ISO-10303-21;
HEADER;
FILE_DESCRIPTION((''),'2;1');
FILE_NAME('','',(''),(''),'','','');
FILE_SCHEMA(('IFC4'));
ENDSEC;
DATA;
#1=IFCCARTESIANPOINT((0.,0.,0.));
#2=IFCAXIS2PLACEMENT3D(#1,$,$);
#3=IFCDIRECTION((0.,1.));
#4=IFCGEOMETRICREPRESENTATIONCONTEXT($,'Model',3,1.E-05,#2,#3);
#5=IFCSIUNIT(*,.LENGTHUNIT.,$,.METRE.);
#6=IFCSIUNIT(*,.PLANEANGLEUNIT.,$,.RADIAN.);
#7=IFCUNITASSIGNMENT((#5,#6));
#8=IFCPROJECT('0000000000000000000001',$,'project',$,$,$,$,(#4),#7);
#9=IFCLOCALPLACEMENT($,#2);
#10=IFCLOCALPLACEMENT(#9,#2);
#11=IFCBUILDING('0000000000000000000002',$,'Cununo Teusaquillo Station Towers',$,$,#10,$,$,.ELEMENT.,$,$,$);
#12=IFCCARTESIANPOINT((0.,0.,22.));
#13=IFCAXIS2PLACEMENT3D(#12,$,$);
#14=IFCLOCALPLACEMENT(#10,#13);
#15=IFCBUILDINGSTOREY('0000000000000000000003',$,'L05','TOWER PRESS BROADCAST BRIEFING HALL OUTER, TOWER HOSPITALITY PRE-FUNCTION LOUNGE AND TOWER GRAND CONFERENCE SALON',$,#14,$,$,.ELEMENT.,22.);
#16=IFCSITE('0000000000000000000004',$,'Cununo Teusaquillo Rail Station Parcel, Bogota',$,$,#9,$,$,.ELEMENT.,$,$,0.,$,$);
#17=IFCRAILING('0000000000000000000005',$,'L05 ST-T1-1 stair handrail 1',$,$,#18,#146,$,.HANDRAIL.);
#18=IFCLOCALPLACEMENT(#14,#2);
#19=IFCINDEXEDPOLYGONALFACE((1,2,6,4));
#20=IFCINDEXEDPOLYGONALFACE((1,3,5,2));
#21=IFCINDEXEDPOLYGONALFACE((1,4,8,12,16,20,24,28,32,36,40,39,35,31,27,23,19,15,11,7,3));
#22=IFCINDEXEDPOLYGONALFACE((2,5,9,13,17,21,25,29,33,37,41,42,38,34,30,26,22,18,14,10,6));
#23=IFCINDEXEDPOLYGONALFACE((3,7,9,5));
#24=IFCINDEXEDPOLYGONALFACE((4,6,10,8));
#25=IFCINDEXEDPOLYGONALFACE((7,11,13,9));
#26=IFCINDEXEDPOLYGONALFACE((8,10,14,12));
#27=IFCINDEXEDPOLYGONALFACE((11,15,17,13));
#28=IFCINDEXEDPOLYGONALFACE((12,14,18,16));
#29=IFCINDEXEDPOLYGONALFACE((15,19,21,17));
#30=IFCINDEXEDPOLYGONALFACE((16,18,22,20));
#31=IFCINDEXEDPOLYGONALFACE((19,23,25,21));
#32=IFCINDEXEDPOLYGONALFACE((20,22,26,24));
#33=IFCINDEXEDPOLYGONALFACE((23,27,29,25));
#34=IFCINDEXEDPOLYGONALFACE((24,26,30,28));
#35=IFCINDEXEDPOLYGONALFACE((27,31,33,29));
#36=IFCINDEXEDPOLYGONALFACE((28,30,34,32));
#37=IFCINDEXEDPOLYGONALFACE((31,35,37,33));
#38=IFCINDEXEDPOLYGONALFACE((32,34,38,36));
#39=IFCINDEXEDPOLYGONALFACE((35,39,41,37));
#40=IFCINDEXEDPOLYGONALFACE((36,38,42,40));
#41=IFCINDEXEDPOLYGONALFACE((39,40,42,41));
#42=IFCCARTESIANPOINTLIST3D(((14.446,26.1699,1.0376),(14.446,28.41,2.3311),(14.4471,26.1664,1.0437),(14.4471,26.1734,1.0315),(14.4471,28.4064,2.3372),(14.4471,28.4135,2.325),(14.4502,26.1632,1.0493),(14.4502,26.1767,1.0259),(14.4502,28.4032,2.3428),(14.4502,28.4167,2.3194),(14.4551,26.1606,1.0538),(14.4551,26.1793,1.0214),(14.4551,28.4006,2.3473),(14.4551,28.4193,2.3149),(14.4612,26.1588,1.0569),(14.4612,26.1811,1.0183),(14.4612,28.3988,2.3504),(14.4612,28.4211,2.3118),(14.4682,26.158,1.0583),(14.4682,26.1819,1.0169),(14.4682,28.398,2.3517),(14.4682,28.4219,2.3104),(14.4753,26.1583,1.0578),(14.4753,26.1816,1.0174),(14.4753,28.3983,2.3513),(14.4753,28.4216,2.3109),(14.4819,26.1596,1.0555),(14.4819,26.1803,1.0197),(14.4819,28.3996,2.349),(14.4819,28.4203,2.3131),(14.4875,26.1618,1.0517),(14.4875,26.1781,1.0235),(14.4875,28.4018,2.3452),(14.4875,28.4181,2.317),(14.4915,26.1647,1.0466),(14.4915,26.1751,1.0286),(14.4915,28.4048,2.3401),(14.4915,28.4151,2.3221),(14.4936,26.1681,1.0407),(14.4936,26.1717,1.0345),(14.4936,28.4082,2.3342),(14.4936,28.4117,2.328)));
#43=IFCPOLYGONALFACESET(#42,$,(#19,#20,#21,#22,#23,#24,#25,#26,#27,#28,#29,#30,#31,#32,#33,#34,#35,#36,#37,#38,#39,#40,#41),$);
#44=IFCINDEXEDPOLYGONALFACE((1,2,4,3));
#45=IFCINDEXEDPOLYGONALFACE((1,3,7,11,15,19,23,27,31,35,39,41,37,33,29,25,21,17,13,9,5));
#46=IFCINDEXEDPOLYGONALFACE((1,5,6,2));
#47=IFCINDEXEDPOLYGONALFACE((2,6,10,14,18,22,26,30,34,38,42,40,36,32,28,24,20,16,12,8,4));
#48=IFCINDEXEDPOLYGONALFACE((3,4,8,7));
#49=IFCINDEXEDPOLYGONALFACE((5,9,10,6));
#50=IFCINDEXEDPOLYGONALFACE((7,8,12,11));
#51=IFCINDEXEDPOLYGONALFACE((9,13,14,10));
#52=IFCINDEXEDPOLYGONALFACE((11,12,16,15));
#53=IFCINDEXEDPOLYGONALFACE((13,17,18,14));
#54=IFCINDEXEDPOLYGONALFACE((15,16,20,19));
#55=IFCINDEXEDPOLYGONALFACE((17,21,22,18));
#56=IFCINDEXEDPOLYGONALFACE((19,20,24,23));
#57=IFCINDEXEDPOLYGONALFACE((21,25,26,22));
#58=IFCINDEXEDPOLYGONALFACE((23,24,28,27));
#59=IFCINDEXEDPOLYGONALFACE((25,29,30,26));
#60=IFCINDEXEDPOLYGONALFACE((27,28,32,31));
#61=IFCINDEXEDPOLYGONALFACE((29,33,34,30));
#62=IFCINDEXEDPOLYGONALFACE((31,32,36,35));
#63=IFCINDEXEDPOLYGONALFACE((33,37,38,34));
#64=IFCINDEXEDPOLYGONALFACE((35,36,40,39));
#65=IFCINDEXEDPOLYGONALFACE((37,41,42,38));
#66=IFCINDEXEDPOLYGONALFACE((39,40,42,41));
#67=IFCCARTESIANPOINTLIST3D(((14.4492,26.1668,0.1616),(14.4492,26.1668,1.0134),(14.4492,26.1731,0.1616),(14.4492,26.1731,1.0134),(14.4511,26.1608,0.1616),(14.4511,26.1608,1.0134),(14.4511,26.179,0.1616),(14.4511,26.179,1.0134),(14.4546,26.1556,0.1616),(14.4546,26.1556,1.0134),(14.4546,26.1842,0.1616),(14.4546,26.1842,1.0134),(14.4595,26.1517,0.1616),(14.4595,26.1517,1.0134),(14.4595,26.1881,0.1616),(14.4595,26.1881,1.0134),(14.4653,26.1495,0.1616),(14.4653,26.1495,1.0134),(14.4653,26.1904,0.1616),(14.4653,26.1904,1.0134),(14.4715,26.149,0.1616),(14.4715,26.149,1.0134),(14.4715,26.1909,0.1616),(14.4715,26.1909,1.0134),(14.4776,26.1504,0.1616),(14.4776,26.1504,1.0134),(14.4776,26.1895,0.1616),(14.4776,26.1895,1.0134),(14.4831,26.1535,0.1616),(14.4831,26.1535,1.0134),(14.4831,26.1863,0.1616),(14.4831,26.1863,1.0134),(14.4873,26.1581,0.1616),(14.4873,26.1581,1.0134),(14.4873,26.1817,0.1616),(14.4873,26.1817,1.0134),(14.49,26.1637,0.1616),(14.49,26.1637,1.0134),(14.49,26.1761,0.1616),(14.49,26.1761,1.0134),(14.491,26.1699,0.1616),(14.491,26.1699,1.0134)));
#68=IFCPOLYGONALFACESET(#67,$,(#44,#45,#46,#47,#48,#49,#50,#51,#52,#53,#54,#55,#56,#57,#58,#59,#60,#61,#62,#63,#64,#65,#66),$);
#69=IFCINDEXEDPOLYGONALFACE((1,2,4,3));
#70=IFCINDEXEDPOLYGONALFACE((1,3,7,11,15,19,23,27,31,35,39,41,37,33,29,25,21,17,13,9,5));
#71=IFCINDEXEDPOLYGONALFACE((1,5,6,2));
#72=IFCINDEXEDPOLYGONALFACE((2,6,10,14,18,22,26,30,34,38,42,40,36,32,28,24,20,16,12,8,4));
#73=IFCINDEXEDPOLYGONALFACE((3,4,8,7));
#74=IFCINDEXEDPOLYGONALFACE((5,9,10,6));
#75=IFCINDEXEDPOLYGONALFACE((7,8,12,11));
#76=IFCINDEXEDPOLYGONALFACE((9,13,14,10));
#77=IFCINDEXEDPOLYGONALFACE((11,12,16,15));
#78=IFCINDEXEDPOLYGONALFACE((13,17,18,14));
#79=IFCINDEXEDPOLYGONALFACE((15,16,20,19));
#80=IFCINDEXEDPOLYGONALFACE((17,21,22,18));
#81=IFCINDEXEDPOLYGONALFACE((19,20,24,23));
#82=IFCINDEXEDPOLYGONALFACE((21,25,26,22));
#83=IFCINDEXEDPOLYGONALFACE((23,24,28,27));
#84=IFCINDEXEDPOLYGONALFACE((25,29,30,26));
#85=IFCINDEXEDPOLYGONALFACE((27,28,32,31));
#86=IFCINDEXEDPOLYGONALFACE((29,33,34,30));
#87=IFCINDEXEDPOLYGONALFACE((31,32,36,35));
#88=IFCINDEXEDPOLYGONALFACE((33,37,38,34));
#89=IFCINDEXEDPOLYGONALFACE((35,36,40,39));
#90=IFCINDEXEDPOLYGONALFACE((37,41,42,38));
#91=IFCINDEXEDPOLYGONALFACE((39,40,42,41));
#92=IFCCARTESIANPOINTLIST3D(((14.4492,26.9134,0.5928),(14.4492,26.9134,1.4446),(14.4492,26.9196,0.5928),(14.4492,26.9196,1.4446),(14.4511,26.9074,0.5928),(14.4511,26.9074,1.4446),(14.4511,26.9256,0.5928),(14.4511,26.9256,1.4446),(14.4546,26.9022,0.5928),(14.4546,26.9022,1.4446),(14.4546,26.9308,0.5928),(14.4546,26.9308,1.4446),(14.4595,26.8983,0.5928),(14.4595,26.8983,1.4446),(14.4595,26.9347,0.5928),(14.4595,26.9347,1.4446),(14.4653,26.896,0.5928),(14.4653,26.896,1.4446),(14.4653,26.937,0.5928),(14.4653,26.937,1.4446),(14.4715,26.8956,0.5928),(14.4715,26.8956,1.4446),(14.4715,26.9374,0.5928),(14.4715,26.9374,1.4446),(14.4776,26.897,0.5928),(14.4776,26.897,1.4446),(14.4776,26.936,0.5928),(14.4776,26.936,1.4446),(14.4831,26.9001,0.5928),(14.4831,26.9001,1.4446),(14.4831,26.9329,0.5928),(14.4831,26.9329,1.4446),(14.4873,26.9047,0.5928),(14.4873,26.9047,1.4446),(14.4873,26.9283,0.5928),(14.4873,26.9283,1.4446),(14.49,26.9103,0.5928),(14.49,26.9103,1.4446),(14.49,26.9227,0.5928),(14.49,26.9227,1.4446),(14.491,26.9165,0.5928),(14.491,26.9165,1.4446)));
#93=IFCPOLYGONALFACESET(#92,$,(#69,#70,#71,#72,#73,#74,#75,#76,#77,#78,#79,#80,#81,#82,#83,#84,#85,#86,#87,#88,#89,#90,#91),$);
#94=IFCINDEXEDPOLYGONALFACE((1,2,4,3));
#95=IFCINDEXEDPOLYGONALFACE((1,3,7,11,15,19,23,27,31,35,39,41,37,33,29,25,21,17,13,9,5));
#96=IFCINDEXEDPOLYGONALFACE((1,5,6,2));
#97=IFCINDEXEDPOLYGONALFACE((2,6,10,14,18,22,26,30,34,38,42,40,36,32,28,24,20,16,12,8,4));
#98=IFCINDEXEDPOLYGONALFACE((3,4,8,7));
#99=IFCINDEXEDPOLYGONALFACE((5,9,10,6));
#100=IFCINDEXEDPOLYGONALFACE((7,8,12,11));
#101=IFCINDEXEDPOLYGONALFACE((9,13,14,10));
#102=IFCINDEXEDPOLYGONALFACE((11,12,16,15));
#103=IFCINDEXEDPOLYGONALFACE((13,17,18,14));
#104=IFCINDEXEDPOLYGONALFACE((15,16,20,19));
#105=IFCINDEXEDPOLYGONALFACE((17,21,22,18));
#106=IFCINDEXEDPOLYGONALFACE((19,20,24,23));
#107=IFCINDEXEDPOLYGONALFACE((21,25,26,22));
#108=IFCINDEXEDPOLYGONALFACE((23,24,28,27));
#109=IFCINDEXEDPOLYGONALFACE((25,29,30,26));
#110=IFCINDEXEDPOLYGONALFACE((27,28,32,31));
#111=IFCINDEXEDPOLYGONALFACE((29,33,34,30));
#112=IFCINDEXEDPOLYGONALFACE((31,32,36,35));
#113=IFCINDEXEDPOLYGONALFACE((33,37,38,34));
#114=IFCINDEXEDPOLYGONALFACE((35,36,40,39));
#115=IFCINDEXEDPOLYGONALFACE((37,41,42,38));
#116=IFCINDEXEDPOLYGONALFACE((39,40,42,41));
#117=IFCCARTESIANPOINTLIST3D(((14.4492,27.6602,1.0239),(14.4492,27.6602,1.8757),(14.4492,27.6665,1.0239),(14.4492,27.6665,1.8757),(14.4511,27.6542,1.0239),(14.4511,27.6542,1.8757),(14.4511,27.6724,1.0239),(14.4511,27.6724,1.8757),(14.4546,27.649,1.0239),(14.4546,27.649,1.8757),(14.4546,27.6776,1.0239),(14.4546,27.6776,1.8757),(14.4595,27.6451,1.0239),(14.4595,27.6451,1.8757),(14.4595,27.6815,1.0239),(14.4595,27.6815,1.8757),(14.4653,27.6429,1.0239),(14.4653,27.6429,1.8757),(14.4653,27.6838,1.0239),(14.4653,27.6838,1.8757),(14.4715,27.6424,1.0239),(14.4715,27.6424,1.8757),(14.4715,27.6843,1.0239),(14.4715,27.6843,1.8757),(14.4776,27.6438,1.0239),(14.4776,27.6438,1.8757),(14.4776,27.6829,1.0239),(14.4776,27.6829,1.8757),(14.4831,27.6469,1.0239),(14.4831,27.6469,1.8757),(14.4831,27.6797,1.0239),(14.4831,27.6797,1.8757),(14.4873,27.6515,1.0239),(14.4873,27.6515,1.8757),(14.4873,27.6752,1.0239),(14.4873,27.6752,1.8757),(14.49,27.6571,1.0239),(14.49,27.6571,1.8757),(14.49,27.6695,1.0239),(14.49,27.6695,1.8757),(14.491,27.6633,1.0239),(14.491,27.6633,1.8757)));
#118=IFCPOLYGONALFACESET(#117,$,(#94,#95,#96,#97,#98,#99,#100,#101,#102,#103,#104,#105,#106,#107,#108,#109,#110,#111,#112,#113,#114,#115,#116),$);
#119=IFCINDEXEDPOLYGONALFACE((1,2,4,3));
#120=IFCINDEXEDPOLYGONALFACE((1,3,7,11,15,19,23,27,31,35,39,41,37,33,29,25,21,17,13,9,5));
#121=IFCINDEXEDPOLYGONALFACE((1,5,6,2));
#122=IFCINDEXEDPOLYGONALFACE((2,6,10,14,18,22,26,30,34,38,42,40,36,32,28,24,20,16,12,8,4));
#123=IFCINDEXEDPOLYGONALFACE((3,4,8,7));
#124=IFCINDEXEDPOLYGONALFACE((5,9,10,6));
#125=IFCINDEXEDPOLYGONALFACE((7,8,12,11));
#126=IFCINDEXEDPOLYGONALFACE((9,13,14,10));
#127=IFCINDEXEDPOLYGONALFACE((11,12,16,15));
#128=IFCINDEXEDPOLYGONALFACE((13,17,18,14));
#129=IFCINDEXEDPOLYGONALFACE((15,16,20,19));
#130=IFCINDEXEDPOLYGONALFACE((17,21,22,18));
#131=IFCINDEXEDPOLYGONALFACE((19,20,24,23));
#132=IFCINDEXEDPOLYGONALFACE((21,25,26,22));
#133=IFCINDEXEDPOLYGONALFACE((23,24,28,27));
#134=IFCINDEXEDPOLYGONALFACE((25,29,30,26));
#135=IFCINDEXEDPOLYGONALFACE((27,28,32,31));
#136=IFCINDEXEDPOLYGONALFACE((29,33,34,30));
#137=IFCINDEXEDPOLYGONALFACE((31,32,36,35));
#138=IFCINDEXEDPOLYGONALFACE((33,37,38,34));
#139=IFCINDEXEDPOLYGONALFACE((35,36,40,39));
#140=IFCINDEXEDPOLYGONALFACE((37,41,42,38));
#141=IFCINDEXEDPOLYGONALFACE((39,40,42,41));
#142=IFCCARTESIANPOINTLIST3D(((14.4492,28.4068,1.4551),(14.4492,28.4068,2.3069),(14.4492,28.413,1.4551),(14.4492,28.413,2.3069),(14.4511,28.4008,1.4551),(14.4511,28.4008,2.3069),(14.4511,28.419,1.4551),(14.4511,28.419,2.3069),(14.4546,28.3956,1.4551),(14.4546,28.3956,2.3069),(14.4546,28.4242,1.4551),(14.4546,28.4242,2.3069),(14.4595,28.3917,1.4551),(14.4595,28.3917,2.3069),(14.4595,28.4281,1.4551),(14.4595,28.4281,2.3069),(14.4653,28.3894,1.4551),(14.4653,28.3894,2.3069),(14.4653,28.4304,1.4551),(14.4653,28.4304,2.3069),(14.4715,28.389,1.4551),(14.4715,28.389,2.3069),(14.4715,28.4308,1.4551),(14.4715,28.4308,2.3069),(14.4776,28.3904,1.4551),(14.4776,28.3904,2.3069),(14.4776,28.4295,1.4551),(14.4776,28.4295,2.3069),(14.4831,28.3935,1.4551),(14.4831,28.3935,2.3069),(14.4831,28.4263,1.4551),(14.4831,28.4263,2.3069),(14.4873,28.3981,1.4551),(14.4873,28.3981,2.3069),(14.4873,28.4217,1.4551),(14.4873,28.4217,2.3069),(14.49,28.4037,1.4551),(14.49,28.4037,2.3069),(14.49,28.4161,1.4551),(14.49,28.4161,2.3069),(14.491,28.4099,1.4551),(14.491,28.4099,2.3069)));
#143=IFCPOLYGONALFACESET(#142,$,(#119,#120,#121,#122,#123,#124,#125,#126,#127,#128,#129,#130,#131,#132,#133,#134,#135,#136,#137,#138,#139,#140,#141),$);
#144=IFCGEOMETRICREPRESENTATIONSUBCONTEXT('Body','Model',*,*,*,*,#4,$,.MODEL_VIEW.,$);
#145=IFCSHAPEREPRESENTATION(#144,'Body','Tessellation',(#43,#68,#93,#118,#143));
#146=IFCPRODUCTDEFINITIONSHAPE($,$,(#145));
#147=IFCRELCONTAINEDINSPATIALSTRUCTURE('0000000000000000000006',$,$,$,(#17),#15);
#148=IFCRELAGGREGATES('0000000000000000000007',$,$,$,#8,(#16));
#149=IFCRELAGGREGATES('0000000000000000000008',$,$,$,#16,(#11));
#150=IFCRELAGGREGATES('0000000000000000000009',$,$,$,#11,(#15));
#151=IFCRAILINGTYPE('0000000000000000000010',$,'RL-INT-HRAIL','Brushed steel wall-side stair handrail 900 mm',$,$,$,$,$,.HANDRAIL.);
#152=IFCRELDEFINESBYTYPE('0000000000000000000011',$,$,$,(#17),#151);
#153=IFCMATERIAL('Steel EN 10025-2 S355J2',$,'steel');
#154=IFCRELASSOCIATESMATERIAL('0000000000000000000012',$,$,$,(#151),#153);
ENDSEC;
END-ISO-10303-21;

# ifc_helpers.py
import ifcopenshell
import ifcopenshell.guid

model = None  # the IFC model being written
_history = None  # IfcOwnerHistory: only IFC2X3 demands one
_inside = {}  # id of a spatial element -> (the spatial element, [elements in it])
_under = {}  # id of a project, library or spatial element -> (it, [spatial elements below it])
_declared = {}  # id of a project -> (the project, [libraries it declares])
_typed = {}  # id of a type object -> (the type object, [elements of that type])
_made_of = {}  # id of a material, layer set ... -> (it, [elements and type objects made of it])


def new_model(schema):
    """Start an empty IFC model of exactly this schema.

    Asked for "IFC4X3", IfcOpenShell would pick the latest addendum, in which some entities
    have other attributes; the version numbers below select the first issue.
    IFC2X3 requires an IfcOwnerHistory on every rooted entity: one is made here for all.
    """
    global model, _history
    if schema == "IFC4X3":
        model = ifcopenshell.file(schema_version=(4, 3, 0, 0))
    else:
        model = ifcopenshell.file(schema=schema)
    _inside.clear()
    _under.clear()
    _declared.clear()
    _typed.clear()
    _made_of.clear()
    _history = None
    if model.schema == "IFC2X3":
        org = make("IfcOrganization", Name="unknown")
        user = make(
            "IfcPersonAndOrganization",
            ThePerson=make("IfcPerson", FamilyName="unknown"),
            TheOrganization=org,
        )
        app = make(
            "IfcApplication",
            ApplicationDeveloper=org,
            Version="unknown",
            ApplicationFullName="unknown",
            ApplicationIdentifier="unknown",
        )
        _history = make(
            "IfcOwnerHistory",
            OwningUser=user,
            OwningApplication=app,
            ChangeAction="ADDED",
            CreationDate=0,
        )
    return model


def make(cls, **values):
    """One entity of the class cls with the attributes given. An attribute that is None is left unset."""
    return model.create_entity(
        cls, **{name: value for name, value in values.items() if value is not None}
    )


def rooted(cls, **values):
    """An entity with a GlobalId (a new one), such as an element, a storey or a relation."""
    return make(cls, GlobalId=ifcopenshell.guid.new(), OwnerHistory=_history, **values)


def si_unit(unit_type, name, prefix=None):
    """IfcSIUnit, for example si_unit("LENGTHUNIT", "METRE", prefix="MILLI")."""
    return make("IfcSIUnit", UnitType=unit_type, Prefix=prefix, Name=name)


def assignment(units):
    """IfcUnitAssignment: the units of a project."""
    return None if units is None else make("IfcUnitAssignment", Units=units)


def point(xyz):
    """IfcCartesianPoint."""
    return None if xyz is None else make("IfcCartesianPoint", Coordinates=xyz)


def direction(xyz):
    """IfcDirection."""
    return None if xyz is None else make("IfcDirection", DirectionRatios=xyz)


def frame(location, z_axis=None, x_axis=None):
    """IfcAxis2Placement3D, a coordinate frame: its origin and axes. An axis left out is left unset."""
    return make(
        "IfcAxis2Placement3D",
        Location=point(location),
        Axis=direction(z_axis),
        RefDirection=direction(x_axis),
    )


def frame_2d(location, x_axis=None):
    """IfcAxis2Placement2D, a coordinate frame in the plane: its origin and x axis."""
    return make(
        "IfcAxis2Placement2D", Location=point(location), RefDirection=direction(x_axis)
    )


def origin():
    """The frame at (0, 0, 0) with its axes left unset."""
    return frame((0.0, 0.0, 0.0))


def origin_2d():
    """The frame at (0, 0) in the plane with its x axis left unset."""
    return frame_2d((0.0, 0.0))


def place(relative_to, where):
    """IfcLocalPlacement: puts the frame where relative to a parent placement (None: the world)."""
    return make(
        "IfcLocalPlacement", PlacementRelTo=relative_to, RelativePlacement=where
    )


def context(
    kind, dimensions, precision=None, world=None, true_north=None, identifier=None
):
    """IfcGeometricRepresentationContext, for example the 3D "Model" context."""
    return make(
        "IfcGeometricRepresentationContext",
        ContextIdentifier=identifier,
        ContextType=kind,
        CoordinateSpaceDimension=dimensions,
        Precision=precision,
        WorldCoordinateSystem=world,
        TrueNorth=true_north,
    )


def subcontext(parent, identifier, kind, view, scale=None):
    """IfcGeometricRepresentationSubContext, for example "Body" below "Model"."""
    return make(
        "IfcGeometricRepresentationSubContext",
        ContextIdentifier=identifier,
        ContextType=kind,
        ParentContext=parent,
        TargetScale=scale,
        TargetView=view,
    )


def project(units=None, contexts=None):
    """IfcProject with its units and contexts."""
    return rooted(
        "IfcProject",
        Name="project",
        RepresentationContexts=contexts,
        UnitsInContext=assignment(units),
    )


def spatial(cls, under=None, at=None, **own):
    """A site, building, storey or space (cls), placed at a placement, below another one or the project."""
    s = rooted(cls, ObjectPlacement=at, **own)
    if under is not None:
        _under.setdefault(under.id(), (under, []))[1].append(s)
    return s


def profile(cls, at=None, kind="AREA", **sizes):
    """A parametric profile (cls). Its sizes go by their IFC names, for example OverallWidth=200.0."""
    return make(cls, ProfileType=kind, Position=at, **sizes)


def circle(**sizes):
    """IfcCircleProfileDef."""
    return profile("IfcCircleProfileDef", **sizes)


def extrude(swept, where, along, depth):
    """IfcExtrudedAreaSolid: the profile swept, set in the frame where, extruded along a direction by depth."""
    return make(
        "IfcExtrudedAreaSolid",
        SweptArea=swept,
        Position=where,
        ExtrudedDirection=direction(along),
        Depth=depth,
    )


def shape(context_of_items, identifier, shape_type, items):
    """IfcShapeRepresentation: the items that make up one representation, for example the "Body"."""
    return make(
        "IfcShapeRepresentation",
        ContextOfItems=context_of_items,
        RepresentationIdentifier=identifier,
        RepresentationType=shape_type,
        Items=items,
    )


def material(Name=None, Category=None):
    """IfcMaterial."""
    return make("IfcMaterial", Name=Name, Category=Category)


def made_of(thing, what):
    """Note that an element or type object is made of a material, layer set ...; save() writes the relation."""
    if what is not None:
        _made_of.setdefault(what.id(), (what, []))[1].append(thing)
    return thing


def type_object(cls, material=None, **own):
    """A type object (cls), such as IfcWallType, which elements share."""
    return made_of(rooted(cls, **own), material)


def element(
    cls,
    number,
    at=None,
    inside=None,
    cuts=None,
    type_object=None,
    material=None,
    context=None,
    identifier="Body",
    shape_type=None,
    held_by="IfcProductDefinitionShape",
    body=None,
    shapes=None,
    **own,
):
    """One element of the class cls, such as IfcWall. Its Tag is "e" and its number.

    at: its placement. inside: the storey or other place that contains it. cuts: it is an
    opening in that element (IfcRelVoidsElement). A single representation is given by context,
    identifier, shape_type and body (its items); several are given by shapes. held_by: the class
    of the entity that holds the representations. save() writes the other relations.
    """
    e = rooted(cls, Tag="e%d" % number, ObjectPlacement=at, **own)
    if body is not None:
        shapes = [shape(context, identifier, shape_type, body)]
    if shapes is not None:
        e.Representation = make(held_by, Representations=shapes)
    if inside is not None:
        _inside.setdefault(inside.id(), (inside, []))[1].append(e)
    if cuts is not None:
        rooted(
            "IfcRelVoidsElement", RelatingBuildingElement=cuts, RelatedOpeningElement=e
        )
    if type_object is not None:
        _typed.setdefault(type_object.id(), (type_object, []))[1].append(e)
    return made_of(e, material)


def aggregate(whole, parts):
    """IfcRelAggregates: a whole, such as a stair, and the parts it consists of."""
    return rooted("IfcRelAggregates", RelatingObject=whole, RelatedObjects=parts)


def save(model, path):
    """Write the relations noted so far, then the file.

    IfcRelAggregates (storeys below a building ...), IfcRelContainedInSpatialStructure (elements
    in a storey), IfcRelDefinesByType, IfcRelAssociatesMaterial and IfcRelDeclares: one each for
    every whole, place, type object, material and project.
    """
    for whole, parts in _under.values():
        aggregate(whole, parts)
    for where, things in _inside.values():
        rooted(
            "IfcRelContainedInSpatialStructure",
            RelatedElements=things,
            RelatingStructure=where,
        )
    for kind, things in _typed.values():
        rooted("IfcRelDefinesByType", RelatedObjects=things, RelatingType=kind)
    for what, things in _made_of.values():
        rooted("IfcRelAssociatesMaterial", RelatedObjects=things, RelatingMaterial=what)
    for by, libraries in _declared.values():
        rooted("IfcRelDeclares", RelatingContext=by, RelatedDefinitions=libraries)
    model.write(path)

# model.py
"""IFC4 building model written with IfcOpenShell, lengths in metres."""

from ifc_helpers import new_model, si_unit, direction, frame, origin, origin_2d, place, context, subcontext, project, spatial, circle, extrude, material, type_object, element, save


model = new_model("IFC4")

# Units and contexts
model_context = context("Model", 3, precision=1e-05, world=origin(), true_north=direction((0.0, 1.0)))
body_context = subcontext(model_context, "Body", "Model", "MODEL_VIEW")
ifc_project = project(units=[si_unit("LENGTHUNIT", "METRE"), si_unit("PLANEANGLEUNIT", "RADIAN")], contexts=[model_context])

# Site, building, storey
site_placement = place(None, origin())
site = spatial("IfcSite", under=ifc_project, at=site_placement, Name="Cununo Teusaquillo Rail Station Parcel, Bogota", CompositionType="ELEMENT", RefElevation=0.0)
building_placement = place(site_placement, origin())
building = spatial("IfcBuilding", under=site, at=building_placement, Name="Cununo Teusaquillo Station Towers", CompositionType="ELEMENT")
storey_placement = place(building_placement, frame((0.0, 0.0, 22.0)))
storey = spatial("IfcBuildingStorey", under=building, at=storey_placement, Name="L05", Description="TOWER PRESS BROADCAST BRIEFING HALL OUTER, TOWER HOSPITALITY PRE-FUNCTION LOUNGE AND TOWER GRAND CONFERENCE SALON", CompositionType="ELEMENT", Elevation=22.0)

# Railing
ifc_material_1 = material(Name="Steel EN 10025-2 S355J2", Category="steel")
railing_type_1 = type_object("IfcRailingType", Name="RL-INT-HRAIL", Description="Brushed steel wall-side stair handrail 900 mm", PredefinedType="HANDRAIL", material=ifc_material_1)
railing_1_placement = place(storey_placement, frame((14.47, 26.1699, 0.1616)))
element("IfcRailing", 1, at=railing_1_placement, inside=storey, type_object=railing_type_1, Name="L05 ST-T1-1 stair handrail 1", PredefinedType="HANDRAIL", context=body_context, shape_type="SweptSolid", body=[
    extrude(circle(Radius=0.0239, at=origin_2d()), frame((0.0, 0.0, 0.876), z_axis=(0.0, 0.865992, 0.500057), x_axis=(-1.0, 0.0, 0.0)), (0.0, 0.0, 1.0), 2.5867),
    extrude(circle(Radius=0.021, at=origin_2d()), origin(), (0.0, 0.0, 1.0), 0.8518),
    extrude(circle(Radius=0.021, at=origin_2d()), frame((0.0, 0.7466, 0.4312)), (0.0, 0.0, 1.0), 0.8518),
    extrude(circle(Radius=0.021, at=origin_2d()), frame((0.0, 1.4934, 0.8623)), (0.0, 0.0, 1.0), 0.8518),
    extrude(circle(Radius=0.021, at=origin_2d()), frame((0.0, 2.24, 1.2935)), (0.0, 0.0, 1.0), 0.8518),
])

save(model, "model.ifc")
